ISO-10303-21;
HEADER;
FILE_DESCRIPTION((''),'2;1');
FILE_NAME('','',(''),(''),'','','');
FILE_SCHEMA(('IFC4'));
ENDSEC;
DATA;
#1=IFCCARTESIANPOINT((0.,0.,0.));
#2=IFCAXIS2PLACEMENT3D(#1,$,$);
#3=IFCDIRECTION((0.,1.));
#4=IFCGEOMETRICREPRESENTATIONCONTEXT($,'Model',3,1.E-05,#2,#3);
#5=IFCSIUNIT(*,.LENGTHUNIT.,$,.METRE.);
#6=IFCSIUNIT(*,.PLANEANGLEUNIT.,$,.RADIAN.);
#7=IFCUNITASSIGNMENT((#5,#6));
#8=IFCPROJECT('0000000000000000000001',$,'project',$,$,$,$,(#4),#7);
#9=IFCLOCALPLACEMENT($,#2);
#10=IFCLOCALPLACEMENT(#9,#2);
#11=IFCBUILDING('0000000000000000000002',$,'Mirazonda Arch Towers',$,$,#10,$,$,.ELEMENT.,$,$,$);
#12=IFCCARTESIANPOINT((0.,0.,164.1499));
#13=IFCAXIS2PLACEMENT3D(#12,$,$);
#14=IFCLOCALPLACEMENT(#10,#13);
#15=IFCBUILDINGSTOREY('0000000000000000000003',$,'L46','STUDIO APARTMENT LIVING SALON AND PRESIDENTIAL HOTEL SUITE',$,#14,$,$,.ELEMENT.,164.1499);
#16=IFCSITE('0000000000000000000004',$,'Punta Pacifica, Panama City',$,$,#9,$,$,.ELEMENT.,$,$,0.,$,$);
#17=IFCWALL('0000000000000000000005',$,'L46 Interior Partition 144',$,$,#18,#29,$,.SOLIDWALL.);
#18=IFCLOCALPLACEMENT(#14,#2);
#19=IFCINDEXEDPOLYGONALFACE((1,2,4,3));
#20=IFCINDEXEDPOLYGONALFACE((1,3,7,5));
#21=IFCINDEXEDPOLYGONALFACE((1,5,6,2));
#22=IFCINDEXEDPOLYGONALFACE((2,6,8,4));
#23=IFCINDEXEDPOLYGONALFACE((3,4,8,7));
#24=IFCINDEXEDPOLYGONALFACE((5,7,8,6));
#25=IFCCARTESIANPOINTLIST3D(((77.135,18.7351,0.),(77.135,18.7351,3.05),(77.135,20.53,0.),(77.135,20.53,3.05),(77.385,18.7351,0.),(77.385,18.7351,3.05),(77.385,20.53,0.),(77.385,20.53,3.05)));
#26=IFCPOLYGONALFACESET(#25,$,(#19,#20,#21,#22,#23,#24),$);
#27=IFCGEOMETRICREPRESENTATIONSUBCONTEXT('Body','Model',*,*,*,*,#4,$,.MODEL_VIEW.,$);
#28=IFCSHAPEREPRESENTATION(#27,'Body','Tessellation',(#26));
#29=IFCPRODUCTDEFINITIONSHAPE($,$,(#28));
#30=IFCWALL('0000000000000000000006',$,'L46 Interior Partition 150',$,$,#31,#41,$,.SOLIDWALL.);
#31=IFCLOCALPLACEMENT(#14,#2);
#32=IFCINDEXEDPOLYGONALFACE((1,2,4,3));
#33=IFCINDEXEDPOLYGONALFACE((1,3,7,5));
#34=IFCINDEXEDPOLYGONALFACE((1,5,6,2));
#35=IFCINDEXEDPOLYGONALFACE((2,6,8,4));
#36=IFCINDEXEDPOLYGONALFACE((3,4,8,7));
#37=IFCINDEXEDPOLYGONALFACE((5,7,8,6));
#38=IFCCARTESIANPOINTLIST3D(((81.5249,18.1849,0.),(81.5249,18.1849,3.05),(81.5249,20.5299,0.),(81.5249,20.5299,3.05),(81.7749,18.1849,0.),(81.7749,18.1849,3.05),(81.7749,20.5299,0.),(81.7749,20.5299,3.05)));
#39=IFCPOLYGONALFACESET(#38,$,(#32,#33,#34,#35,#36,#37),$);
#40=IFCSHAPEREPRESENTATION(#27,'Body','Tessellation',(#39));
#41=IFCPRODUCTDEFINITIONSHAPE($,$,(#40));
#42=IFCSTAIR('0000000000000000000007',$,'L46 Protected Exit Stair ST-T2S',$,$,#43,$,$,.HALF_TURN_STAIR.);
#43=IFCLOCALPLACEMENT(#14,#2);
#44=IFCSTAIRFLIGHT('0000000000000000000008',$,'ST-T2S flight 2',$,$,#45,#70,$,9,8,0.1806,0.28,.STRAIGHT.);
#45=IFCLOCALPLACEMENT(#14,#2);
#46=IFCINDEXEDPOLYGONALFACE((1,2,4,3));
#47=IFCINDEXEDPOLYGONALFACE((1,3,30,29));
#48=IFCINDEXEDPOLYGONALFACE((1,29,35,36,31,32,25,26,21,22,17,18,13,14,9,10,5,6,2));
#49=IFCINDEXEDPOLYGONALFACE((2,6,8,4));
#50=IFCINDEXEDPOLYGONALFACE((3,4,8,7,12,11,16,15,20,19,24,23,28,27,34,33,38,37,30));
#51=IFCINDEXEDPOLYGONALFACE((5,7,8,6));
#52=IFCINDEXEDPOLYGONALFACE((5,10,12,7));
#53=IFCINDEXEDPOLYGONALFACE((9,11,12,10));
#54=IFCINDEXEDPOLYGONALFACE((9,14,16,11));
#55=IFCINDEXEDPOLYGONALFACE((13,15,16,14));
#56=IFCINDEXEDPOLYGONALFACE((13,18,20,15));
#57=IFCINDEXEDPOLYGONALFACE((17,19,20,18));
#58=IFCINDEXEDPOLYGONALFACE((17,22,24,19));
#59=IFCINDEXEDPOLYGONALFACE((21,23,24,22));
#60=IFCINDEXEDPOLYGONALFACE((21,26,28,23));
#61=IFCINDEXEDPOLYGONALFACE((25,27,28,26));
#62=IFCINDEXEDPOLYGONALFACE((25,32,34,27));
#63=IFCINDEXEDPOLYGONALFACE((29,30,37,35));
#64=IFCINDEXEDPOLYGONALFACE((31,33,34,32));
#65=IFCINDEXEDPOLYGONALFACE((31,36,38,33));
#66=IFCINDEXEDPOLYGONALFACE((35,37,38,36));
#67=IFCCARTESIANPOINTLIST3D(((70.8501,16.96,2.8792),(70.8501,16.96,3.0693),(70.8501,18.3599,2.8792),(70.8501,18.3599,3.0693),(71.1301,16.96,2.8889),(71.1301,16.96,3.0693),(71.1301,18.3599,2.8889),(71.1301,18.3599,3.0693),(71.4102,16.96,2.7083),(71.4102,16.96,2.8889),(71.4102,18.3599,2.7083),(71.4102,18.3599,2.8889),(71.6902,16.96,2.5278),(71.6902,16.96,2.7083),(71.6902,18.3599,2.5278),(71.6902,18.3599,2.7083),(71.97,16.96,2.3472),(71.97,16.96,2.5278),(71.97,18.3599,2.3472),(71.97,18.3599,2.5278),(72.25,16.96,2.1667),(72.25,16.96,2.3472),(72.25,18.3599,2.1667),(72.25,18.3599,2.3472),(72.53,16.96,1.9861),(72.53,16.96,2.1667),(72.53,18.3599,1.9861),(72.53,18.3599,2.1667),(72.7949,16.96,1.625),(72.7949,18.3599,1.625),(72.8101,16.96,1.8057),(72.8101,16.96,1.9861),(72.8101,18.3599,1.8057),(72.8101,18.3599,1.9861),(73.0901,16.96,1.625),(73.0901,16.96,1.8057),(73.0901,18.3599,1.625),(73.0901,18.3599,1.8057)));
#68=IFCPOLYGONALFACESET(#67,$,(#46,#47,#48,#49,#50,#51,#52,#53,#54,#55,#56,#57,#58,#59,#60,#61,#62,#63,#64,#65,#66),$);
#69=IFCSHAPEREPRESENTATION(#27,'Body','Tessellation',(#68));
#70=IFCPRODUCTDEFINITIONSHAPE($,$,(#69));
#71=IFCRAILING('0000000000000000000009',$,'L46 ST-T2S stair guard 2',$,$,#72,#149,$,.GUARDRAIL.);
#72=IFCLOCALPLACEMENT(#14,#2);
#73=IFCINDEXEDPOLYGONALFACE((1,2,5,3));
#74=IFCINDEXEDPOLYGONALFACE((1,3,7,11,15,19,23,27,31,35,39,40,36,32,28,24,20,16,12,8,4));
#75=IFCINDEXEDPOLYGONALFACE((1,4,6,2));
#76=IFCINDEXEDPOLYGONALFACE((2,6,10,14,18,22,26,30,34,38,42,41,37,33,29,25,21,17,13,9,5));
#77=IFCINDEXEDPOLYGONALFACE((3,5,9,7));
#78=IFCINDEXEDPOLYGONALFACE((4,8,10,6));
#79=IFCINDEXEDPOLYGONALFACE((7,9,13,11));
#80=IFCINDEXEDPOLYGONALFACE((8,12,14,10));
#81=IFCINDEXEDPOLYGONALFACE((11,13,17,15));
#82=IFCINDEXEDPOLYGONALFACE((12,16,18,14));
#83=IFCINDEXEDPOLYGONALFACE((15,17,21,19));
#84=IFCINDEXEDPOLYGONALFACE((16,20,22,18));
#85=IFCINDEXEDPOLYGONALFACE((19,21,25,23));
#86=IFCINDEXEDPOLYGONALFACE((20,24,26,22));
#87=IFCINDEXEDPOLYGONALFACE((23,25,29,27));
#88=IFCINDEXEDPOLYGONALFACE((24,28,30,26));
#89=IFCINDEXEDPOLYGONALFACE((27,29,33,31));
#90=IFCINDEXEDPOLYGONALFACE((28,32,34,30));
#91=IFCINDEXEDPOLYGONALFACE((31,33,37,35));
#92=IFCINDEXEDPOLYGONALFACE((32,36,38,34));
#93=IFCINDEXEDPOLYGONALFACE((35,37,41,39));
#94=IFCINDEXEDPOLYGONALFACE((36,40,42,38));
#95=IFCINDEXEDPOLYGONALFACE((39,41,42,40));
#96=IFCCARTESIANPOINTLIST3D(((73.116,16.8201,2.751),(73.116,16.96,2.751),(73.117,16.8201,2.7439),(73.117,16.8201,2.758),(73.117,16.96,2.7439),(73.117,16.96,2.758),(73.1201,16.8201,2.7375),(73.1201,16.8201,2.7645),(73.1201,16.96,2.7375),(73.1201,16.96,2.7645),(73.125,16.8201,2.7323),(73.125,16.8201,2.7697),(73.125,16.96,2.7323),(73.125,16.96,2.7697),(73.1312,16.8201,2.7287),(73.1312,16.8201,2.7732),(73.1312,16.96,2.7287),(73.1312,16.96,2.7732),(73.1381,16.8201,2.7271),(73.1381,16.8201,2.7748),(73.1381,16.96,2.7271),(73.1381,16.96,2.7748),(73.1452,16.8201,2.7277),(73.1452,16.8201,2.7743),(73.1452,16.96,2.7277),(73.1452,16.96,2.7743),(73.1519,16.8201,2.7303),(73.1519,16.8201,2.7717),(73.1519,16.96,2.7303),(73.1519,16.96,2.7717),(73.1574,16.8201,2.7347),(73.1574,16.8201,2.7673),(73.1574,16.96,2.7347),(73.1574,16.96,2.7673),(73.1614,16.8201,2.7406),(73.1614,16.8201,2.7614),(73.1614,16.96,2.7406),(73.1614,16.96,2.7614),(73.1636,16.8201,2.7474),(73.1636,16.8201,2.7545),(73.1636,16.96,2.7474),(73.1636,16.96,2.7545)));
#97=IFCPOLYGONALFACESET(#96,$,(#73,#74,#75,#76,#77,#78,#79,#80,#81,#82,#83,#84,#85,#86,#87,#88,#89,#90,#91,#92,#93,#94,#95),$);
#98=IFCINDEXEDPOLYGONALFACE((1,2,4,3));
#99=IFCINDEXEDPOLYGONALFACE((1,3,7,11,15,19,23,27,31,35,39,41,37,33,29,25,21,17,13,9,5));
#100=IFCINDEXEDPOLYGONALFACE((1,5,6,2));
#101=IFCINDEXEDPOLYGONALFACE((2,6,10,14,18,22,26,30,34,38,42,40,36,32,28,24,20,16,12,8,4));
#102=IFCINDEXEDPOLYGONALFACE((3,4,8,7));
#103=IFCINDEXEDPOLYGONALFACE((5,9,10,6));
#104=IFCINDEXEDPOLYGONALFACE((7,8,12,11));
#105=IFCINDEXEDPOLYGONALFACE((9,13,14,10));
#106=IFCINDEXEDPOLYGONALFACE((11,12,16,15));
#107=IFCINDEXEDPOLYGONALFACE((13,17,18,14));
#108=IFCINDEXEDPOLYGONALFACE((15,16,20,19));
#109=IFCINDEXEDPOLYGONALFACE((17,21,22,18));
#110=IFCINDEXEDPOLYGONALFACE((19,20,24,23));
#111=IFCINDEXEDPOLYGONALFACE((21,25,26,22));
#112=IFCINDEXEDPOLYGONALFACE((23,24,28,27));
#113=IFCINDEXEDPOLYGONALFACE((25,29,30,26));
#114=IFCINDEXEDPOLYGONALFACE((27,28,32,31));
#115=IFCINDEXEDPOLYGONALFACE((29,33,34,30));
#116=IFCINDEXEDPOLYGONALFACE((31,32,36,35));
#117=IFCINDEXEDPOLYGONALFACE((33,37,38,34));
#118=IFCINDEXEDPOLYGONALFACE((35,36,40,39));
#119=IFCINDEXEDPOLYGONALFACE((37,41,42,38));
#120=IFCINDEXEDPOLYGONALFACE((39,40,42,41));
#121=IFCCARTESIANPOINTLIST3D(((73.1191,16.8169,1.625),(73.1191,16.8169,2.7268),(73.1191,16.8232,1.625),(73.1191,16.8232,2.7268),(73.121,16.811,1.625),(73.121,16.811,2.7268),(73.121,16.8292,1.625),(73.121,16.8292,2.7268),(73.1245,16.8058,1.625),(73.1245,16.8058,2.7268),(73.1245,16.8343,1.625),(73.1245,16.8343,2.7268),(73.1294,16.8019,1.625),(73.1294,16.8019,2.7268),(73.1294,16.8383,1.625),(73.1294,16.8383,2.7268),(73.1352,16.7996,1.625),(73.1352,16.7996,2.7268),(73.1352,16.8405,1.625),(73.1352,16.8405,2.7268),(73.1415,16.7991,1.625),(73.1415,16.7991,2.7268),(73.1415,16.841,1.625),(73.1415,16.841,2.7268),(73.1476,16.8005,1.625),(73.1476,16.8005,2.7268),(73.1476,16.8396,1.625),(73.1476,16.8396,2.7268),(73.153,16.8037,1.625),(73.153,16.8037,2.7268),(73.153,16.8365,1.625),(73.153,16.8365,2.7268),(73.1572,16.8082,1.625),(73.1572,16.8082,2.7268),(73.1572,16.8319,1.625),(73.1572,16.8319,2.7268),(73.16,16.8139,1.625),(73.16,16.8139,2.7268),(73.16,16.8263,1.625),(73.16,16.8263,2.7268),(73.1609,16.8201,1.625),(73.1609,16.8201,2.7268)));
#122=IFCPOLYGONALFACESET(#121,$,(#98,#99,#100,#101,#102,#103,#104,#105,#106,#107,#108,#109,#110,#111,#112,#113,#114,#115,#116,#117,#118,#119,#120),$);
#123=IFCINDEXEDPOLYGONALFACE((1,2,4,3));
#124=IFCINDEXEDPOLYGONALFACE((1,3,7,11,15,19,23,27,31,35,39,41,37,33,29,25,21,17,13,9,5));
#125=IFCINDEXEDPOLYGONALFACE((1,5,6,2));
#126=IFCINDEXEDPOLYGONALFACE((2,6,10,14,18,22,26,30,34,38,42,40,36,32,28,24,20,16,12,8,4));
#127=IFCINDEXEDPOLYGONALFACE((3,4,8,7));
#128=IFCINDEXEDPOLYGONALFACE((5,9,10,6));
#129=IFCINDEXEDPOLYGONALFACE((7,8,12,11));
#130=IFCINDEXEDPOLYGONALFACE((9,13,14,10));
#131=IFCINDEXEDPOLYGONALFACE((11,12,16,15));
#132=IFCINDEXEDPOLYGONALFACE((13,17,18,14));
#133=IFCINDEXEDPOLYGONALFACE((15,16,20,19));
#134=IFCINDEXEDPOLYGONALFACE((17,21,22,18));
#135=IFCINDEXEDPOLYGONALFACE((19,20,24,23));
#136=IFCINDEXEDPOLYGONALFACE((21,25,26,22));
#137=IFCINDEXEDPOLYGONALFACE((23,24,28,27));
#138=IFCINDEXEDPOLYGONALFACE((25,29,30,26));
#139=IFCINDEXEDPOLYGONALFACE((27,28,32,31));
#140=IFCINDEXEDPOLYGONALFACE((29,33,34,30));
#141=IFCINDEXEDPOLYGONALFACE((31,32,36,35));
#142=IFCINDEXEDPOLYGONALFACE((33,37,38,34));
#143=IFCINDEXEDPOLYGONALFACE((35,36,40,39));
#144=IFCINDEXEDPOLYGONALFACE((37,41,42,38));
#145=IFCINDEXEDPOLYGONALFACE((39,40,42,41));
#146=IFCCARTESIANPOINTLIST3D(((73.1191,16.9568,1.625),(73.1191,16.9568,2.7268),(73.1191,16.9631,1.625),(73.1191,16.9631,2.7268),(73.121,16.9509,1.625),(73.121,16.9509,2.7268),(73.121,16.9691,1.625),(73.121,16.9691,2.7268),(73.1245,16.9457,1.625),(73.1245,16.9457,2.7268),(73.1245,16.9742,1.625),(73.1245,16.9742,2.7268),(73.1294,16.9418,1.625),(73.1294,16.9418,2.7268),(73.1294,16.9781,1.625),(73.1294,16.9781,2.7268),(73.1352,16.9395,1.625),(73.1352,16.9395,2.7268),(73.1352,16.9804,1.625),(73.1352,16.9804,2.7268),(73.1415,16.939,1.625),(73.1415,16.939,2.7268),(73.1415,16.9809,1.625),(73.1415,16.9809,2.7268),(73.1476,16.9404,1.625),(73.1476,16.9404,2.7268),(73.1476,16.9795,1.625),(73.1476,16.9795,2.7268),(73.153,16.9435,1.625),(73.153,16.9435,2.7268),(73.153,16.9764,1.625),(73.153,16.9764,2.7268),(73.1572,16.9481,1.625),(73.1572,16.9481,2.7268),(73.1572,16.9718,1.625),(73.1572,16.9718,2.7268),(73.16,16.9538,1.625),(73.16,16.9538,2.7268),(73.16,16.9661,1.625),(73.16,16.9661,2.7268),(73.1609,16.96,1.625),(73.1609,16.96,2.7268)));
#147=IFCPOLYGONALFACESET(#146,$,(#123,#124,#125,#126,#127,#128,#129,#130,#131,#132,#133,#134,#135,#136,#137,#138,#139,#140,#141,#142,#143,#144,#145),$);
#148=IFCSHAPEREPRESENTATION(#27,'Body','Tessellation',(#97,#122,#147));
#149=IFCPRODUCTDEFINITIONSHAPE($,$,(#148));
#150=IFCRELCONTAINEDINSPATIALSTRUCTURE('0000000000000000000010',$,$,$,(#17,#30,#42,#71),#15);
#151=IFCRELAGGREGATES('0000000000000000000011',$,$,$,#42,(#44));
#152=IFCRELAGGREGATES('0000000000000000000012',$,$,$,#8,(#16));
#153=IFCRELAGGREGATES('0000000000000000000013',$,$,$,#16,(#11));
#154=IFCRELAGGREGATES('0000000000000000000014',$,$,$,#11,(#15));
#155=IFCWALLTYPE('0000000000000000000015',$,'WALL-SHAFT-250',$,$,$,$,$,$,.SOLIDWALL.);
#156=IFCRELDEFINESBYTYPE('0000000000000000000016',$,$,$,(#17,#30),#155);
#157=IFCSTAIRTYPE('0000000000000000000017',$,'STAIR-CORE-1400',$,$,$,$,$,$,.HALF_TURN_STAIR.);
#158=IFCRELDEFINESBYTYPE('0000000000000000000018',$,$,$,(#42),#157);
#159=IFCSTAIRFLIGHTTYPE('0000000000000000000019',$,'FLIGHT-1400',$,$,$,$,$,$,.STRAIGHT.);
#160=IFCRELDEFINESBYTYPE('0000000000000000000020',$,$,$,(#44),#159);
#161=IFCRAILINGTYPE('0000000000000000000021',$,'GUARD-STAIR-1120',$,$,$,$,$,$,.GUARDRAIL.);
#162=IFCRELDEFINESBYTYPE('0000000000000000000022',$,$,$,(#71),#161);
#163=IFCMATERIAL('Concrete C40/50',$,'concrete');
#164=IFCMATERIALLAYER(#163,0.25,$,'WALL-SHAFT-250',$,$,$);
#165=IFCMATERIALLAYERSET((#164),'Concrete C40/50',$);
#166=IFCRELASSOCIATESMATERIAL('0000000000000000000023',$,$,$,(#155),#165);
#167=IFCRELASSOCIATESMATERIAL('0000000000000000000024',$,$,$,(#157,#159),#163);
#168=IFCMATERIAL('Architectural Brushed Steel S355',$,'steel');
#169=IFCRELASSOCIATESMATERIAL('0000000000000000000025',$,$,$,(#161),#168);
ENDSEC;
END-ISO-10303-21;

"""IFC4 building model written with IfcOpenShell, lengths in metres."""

from ifc_helpers import new_model, si_unit, direction, frame, frame_2d, origin, origin_2d, place, context, subcontext, project, spatial, polyline, rectangle, circle, outline, extrude, material, layer, layer_set, type_object, element, aggregate, save


model = new_model("IFC4")

# Units and contexts
model_context = context("Model", 3, precision=1e-05, world=origin(), true_north=direction((0.0, 1.0)))
body_context = subcontext(model_context, "Body", "Model", "MODEL_VIEW")
ifc_project = project(units=[si_unit("LENGTHUNIT", "METRE"), si_unit("PLANEANGLEUNIT", "RADIAN")], contexts=[model_context])

# Site, building, storey
site_placement = place(None, origin())
site = spatial("IfcSite", under=ifc_project, at=site_placement, Name="Punta Pacifica, Panama City", CompositionType="ELEMENT", RefElevation=0.0)
building_placement = place(site_placement, origin())
building = spatial("IfcBuilding", under=site, at=building_placement, Name="Mirazonda Arch Towers", CompositionType="ELEMENT")
storey_placement = place(building_placement, frame((0.0, 0.0, 164.1499)))
storey = spatial("IfcBuildingStorey", under=building, at=storey_placement, Name="L46", Description="STUDIO APARTMENT LIVING SALON AND PRESIDENTIAL HOTEL SUITE", CompositionType="ELEMENT", Elevation=164.1499)

# Shared definitions
ifc_material_1 = material(Name="Architectural Brushed Steel S355", Category="steel")

# Walls
ifc_material_2 = material(Name="Concrete C40/50", Category="concrete")
ifc_layer_1 = layer(ifc_material_2, 0.25, Name="WALL-SHAFT-250")
ifc_layer_set_1 = layer_set([ifc_layer_1], Name="Concrete C40/50")
wall_type_1 = type_object("IfcWallType", Name="WALL-SHAFT-250", PredefinedType="SOLIDWALL", material=ifc_layer_set_1)
wall_1_placement = place(storey_placement, frame((77.26, 18.7351, 0.0), z_axis=(0.0, 0.0, 1.0), x_axis=(0.0, 1.0, 0.0)))
element("IfcWall", 1, at=wall_1_placement, inside=storey, type_object=wall_type_1, Name="L46 Interior Partition 144", PredefinedType="SOLIDWALL", context=body_context, shape_type="SweptSolid", body=[
    extrude(rectangle(XDim=1.7949, YDim=0.25, at=frame_2d((0.8975, 0.0))), origin(), (0.0, 0.0, 1.0), 3.05),
])
wall_2_placement = place(storey_placement, frame((81.6499, 18.1851, 0.0), z_axis=(0.0, 0.0, 1.0), x_axis=(0.0, 1.0, 0.0)))
element("IfcWall", 2, at=wall_2_placement, inside=storey, type_object=wall_type_1, Name="L46 Interior Partition 150", PredefinedType="SOLIDWALL", context=body_context, shape_type="SweptSolid", body=[
    extrude(rectangle(XDim=2.345, YDim=0.25, at=frame_2d((1.1724, 0.0))), origin(), (0.0, 0.0, 1.0), 3.05),
])

# Stair, stair flight
stair_type = type_object("IfcStairType", Name="STAIR-CORE-1400", PredefinedType="HALF_TURN_STAIR", material=ifc_material_2)
stair_placement = place(storey_placement, origin())
stair = element("IfcStair", 3, at=stair_placement, inside=storey, type_object=stair_type, Name="L46 Protected Exit Stair ST-T2S", PredefinedType="HALF_TURN_STAIR")
stair_flight_type = type_object("IfcStairFlightType", Name="FLIGHT-1400", PredefinedType="STRAIGHT", material=ifc_material_2)
stair_flight_placement = place(storey_placement, frame((73.0901, 17.6599, 1.625), z_axis=(0.0, 0.0, 1.0), x_axis=(-1.0, 0.0, 0.0)))
stair_flight = element("IfcStairFlight", 4, at=stair_flight_placement, type_object=stair_flight_type, Name="ST-T2S flight 2", NumberOfRisers=9, NumberOfTreads=8, PredefinedType="STRAIGHT", RiserHeight=0.1806, TreadLength=0.28, context=body_context, shape_type="SweptSolid", body=[
    extrude(outline(polyline([(0.0, 0.0), (0.0, 0.1807), (0.28, 0.1807), (0.28, 0.3611), (0.5601, 0.3611), (0.5601, 0.5417), (0.8401, 0.5417), (0.8401, 0.7222), (1.1201, 0.7222), (1.1201, 0.9028), (1.3999, 0.9028), (1.3999, 1.0833), (1.6799, 1.0833), (1.6799, 1.2639), (1.96, 1.2639), (1.96, 1.4443), (2.24, 1.4443), (2.24, 1.625), (2.24, 1.2542), (0.2952, 0.0), (0.0, 0.0)])), frame((0.0, 0.7, 0.0), z_axis=(0.0, -1.0, 0.0), x_axis=(1.0, 0.0, 0.0)), (0.0, 0.0, 1.0), 1.3999),
])
aggregate(stair, [stair_flight])

# Railing
railing_type_1 = type_object("IfcRailingType", Name="GUARD-STAIR-1120", PredefinedType="GUARDRAIL", material=ifc_material_1)
railing_1_placement = place(storey_placement, frame((73.1399, 16.8201, 1.625)))
element("IfcRailing", 5, at=railing_1_placement, inside=storey, type_object=railing_type_1, Name="L46 ST-T2S stair guard 2", PredefinedType="GUARDRAIL", context=body_context, shape_type="SweptSolid", body=[
    extrude(circle(Radius=0.0239, at=origin_2d()), frame((0.0, 0.0, 1.126), z_axis=(0.0, 1.0, 0.0), x_axis=(-1.0, 0.0, 0.0)), (0.0, 0.0, 1.0), 0.1399),
    extrude(circle(Radius=0.021, at=origin_2d()), origin(), (0.0, 0.0, 1.0), 1.1018),
    extrude(circle(Radius=0.021, at=origin_2d()), frame((0.0, 0.1399, 0.0)), (0.0, 0.0, 1.0), 1.1018),
])

save(model, "model.ifc")
